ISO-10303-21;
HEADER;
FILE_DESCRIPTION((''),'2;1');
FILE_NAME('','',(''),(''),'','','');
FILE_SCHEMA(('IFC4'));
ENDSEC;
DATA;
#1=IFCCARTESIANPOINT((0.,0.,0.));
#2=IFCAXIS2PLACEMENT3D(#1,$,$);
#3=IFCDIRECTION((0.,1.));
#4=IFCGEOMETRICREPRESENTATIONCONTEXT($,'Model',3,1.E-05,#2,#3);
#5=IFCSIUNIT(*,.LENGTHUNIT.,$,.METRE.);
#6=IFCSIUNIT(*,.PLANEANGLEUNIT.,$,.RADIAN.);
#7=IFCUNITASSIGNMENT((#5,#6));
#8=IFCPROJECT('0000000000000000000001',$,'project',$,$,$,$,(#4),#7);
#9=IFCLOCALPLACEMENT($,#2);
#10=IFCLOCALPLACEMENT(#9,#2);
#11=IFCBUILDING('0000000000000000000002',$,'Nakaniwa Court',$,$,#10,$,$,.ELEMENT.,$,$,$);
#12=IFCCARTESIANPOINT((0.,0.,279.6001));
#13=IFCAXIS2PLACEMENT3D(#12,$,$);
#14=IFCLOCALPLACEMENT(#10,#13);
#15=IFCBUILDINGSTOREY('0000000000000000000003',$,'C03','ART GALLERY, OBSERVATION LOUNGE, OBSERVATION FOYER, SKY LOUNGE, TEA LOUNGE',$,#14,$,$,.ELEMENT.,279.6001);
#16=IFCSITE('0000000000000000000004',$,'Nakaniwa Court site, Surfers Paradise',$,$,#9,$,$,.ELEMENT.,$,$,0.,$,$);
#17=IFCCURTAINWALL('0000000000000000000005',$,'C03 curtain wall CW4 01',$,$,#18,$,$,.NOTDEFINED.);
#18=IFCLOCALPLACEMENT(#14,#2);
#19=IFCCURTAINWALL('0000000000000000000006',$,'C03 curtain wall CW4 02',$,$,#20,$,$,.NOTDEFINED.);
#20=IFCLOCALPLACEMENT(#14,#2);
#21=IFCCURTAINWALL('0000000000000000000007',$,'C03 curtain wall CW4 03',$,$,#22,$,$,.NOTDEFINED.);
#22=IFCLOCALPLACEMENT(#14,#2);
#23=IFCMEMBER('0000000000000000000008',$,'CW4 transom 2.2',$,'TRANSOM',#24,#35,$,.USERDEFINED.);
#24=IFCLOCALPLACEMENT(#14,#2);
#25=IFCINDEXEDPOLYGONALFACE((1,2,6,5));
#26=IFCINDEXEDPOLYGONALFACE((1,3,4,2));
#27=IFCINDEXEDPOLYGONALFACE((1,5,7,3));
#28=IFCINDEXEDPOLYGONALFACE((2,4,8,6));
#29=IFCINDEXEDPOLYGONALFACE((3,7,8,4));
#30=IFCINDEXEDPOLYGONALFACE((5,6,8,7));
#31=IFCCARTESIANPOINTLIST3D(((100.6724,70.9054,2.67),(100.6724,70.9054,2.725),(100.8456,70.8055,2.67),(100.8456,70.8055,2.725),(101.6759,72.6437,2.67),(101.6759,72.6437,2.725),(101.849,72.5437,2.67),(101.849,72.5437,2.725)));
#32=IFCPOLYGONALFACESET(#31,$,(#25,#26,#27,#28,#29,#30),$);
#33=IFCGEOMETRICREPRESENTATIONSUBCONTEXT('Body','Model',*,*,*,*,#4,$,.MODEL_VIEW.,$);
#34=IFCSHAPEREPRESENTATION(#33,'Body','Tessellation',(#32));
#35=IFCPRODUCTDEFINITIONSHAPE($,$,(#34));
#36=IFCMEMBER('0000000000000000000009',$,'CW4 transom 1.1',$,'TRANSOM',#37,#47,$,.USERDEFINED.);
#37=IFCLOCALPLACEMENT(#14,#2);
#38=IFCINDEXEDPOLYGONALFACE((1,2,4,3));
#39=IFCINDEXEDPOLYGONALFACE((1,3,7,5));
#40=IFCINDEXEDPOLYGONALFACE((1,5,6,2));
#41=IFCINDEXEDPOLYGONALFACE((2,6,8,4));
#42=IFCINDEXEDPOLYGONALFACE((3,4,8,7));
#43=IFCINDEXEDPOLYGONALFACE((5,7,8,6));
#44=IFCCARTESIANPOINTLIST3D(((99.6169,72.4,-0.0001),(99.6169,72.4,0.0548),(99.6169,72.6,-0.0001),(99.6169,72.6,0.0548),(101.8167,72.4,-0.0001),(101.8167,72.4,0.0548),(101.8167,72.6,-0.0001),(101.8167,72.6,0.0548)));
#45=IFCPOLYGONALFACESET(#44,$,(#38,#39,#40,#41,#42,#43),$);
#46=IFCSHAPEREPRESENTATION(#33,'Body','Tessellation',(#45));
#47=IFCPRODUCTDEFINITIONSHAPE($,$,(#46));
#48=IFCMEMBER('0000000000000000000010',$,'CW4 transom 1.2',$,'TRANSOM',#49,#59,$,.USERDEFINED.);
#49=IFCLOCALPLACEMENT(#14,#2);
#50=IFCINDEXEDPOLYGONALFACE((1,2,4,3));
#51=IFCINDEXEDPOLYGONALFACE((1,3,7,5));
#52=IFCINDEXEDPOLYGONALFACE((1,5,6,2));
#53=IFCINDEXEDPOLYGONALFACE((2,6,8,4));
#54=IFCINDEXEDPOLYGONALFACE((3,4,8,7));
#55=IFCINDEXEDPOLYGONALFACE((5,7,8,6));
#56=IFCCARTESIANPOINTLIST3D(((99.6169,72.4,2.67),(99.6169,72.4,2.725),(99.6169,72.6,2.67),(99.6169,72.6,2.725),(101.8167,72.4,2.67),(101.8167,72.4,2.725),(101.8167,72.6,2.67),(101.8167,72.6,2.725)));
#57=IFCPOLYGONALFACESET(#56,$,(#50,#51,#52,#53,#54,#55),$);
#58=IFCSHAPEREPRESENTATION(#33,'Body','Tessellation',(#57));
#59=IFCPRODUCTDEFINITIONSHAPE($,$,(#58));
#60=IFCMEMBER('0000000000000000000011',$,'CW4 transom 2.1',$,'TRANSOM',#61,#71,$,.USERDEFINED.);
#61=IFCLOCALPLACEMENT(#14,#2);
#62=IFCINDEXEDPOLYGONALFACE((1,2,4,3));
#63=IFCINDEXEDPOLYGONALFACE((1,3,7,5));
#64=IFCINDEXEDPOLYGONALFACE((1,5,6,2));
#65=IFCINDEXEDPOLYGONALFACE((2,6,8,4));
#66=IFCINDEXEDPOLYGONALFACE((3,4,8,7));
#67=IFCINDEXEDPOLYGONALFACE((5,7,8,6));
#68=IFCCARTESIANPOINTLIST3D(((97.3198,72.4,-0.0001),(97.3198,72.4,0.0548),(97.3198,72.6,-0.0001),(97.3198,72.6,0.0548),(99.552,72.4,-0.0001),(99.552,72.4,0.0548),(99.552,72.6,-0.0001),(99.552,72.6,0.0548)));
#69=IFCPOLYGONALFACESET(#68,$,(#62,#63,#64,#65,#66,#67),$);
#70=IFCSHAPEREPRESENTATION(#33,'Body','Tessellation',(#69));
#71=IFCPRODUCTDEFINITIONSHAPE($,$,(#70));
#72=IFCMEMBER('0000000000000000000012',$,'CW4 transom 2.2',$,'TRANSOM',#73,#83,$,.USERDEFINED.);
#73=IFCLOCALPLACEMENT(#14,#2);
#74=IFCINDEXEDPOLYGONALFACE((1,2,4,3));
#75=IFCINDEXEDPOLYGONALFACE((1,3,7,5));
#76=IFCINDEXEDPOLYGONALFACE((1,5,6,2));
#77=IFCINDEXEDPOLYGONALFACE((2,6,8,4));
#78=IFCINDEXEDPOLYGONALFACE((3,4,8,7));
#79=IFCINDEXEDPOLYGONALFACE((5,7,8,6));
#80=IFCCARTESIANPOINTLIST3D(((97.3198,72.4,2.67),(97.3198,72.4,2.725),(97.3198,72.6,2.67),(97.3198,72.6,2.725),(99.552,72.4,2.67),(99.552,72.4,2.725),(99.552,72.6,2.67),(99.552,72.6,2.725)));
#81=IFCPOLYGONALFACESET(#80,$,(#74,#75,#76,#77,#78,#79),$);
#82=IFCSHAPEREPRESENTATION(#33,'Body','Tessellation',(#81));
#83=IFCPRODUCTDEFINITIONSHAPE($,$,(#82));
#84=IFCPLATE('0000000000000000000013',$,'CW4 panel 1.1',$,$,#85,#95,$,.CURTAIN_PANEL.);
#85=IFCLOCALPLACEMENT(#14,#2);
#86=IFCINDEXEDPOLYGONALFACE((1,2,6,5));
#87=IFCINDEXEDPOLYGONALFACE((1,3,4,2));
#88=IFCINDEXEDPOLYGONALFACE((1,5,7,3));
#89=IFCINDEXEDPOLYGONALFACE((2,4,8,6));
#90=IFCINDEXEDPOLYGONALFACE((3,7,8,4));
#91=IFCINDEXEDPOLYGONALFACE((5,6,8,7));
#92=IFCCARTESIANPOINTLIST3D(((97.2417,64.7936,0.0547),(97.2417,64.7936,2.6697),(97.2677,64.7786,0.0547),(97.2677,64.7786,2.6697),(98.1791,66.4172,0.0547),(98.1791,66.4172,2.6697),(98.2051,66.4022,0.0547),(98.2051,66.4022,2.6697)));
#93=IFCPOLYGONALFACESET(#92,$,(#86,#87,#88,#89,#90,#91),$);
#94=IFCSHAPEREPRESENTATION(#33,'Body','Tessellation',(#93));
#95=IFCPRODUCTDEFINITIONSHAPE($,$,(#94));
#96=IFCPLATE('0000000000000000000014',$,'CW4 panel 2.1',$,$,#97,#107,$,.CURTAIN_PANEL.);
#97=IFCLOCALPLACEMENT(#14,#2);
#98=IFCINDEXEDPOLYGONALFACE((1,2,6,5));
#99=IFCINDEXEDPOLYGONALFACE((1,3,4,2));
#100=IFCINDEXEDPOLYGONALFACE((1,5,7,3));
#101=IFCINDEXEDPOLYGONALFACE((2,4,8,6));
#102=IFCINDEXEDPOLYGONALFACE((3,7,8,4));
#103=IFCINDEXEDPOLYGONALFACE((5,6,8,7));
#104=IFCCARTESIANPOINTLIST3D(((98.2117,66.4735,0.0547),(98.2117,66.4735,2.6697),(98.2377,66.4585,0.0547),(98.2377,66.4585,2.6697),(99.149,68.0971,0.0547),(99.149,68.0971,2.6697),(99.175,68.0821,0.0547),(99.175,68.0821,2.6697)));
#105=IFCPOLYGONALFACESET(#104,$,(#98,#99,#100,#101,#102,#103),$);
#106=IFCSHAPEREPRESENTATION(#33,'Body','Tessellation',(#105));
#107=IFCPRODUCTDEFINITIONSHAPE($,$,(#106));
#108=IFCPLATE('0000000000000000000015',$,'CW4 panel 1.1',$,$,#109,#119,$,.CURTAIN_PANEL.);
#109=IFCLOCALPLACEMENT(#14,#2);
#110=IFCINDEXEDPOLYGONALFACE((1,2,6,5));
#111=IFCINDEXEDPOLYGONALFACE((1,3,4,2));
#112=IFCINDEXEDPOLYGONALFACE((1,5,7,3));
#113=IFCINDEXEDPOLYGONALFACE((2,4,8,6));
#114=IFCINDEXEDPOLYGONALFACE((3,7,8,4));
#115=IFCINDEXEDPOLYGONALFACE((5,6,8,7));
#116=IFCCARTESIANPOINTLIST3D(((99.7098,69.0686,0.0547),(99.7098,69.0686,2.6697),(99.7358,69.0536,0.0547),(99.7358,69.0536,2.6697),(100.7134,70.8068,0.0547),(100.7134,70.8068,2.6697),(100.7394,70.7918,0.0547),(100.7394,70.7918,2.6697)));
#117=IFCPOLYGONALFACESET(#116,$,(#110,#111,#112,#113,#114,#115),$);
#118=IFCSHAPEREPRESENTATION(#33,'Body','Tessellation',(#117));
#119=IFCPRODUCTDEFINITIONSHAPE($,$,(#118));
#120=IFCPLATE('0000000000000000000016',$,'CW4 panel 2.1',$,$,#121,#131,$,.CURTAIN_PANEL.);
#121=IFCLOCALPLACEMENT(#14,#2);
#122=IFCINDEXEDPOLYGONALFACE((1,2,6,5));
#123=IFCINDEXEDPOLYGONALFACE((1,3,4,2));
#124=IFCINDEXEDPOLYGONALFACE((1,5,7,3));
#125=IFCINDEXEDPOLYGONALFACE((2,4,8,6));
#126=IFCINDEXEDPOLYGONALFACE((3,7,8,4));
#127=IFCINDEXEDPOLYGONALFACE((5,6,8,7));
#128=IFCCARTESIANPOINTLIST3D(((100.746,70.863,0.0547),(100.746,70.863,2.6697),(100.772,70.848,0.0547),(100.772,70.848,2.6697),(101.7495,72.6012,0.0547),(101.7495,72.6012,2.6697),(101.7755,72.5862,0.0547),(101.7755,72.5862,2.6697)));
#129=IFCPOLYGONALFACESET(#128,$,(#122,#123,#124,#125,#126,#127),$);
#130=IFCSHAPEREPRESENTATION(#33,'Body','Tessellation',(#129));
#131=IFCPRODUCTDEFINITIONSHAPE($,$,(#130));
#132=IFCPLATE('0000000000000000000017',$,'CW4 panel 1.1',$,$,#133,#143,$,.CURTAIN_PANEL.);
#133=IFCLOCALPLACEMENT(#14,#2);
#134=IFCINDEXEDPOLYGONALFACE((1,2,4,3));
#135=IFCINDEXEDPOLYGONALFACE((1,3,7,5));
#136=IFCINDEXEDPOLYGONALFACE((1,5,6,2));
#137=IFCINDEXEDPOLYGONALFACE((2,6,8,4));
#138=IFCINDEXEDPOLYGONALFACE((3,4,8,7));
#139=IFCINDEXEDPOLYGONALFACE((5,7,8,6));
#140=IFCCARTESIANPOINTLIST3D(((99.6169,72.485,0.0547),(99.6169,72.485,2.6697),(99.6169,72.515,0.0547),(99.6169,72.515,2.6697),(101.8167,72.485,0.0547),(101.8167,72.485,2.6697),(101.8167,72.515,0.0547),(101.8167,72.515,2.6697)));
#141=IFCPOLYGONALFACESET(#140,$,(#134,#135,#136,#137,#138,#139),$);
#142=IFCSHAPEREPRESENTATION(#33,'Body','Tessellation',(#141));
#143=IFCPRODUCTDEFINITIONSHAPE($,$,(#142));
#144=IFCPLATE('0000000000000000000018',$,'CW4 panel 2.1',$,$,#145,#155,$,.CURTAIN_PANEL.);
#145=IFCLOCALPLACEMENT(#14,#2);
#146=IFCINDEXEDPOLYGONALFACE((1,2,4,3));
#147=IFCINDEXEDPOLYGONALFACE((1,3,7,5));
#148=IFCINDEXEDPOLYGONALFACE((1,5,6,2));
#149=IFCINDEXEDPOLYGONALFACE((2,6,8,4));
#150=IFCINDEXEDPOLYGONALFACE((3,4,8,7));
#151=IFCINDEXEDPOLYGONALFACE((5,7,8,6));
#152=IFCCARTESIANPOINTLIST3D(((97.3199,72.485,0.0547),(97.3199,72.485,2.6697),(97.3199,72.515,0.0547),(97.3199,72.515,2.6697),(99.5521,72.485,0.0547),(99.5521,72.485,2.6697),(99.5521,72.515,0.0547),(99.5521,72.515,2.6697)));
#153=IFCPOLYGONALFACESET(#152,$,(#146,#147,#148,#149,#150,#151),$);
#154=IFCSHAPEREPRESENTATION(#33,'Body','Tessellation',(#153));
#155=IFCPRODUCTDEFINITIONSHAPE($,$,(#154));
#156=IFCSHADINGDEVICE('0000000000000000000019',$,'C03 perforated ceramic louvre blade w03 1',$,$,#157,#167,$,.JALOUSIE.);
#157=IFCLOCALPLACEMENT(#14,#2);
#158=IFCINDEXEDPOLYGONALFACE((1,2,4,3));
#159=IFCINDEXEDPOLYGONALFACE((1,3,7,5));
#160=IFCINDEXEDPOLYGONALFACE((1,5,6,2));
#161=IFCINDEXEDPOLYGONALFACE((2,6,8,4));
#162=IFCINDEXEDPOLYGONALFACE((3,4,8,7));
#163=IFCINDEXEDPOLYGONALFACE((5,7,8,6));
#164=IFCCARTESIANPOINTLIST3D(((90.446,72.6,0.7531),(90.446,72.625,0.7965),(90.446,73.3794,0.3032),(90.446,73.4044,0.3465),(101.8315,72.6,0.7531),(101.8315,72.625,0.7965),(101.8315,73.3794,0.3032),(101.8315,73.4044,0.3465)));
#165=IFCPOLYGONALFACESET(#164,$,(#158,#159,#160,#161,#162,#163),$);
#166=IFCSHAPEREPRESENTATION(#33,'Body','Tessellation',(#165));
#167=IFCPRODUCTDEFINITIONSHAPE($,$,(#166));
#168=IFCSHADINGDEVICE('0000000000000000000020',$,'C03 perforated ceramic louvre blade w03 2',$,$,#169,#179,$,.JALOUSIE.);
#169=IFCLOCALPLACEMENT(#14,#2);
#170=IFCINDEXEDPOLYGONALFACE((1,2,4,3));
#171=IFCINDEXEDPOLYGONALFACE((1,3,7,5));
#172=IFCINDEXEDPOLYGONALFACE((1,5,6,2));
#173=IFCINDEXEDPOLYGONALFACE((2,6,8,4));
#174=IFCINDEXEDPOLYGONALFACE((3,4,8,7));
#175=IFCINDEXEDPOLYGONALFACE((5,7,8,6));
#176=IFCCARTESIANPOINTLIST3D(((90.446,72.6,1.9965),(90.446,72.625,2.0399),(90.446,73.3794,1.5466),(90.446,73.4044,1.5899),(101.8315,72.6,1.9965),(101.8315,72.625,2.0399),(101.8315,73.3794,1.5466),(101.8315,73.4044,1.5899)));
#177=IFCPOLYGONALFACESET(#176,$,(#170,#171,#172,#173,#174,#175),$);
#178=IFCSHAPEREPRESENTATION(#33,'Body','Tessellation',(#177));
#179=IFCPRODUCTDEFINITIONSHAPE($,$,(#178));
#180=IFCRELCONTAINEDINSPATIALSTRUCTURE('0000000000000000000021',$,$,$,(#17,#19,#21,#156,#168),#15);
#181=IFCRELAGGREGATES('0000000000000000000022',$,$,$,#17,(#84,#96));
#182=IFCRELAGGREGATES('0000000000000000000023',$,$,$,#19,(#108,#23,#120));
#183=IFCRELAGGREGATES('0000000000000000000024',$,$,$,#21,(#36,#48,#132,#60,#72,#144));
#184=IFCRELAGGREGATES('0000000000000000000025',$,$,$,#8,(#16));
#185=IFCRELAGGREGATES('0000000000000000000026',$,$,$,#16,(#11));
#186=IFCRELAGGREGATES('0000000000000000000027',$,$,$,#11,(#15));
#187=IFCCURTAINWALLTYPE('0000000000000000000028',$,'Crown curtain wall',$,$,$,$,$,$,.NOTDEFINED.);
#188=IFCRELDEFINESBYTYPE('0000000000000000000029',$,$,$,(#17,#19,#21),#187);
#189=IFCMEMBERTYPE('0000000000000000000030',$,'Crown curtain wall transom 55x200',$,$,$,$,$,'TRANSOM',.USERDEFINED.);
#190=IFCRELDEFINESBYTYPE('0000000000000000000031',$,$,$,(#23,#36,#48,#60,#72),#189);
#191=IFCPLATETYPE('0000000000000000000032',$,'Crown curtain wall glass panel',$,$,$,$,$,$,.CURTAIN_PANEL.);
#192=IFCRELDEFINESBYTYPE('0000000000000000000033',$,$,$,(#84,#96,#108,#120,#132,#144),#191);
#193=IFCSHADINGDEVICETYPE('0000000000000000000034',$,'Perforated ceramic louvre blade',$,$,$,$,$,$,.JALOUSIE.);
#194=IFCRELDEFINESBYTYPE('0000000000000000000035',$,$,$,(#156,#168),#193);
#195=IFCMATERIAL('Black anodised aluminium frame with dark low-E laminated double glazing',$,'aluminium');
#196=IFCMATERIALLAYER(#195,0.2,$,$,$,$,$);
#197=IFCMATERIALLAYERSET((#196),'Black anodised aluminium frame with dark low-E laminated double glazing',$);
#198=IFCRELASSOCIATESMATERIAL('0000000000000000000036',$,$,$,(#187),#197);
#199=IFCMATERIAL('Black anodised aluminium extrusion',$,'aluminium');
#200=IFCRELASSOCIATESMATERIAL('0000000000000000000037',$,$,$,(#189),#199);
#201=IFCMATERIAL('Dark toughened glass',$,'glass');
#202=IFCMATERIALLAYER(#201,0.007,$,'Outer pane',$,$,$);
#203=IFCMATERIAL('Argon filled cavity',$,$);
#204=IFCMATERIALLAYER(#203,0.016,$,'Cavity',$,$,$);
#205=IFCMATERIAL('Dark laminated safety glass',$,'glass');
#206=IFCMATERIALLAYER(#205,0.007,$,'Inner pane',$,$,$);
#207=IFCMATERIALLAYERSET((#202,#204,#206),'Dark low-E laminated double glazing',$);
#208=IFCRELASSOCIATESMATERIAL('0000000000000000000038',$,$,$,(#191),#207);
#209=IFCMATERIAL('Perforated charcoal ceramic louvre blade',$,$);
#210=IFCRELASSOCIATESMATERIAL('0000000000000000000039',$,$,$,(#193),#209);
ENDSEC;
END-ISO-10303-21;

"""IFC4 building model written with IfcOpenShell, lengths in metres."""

from ifc_helpers import new_model, si_unit, direction, frame, origin, origin_2d, place, context, subcontext, project, spatial, rectangle, extrude, material, layer, layer_set, material_profile, profile_set, type_object, element, aggregate, save


model = new_model("IFC4")

# Units and contexts
model_context = context("Model", 3, precision=1e-05, world=origin(), true_north=direction((0.0, 1.0)))
body_context = subcontext(model_context, "Body", "Model", "MODEL_VIEW")
ifc_project = project(units=[si_unit("LENGTHUNIT", "METRE"), si_unit("PLANEANGLEUNIT", "RADIAN")], contexts=[model_context])

# Site, building, storey
site_placement = place(None, origin())
site = spatial("IfcSite", under=ifc_project, at=site_placement, Name="Nakaniwa Court site, Surfers Paradise", CompositionType="ELEMENT", RefElevation=0.0)
building_placement = place(site_placement, origin())
building = spatial("IfcBuilding", under=site, at=building_placement, Name="Nakaniwa Court", CompositionType="ELEMENT")
storey_placement = place(building_placement, frame((0.0, 0.0, 279.6001)))
storey = spatial("IfcBuildingStorey", under=building, at=storey_placement, Name="C03", Description="ART GALLERY, OBSERVATION LOUNGE, OBSERVATION FOYER, SKY LOUNGE, TEA LOUNGE", CompositionType="ELEMENT", Elevation=279.6001)

# Curtain walls
ifc_material_1 = material(Name="Black anodised aluminium frame with dark low-E laminated double glazing", Category="aluminium")
ifc_layer_1 = layer(ifc_material_1, 0.2)
ifc_layer_set_1 = layer_set([ifc_layer_1], Name="Black anodised aluminium frame with dark low-E laminated double glazing")
curtain_wall_type = type_object("IfcCurtainWallType", Name="Crown curtain wall", PredefinedType="NOTDEFINED", material=ifc_layer_set_1)
curtain_wall_1_placement = place(storey_placement, origin())
curtain_wall_1 = element("IfcCurtainWall", 1, at=curtain_wall_1_placement, inside=storey, type_object=curtain_wall_type, Name="C03 curtain wall CW4 01", PredefinedType="NOTDEFINED")
ifc_material_2 = material(Name="Black anodised aluminium extrusion", Category="aluminium")
curtain_wall_2_placement = place(storey_placement, origin())
curtain_wall_2 = element("IfcCurtainWall", 2, at=curtain_wall_2_placement, inside=storey, type_object=curtain_wall_type, Name="C03 curtain wall CW4 02", PredefinedType="NOTDEFINED")
curtain_wall_3_placement = place(storey_placement, origin())
curtain_wall_3 = element("IfcCurtainWall", 3, at=curtain_wall_3_placement, inside=storey, type_object=curtain_wall_type, Name="C03 curtain wall CW4 03", PredefinedType="NOTDEFINED")

# Members
ifc_material_profile_1 = material_profile(ifc_material_2, rectangle(XDim=0.2, YDim=0.0549, at=origin_2d()), Name="Crown curtain wall transom 55x200")
ifc_profile_set_1 = profile_set([ifc_material_profile_1], Name="Black anodised aluminium extrusion")
member_type_1 = type_object("IfcMemberType", Name="Crown curtain wall transom 55x200", ElementType="TRANSOM", PredefinedType="USERDEFINED", material=ifc_profile_set_1)
member_1_placement = place(storey_placement, frame((100.759, 70.8555, 2.6975), z_axis=(0.499933, 0.866064, 0.0), x_axis=(-0.866064, 0.499933, 0.0)))
member_1 = element("IfcMember", 4, at=member_1_placement, type_object=member_type_1, Name="CW4 transom 2.2", ObjectType="TRANSOM", PredefinedType="USERDEFINED", context=body_context, shape_type="SweptSolid", body=[
    extrude(rectangle(XDim=0.2, YDim=0.0549, at=origin_2d()), origin(), (0.0, 0.0, 1.0), 2.0071),
])
member_2_placement = place(storey_placement, frame((101.8167, 72.5, 0.0273), z_axis=(-1.0, 0.0, 0.0), x_axis=(0.0, -1.0, 0.0)))
member_2 = element("IfcMember", 5, at=member_2_placement, type_object=member_type_1, Name="CW4 transom 1.1", ObjectType="TRANSOM", PredefinedType="USERDEFINED", context=body_context, shape_type="SweptSolid", body=[
    extrude(rectangle(XDim=0.2, YDim=0.0549, at=origin_2d()), origin(), (0.0, 0.0, 1.0), 2.1997),
])
member_3_placement = place(storey_placement, frame((101.8167, 72.5, 2.6975), z_axis=(-1.0, 0.0, 0.0), x_axis=(0.0, -1.0, 0.0)))
member_3 = element("IfcMember", 6, at=member_3_placement, type_object=member_type_1, Name="CW4 transom 1.2", ObjectType="TRANSOM", PredefinedType="USERDEFINED", context=body_context, shape_type="SweptSolid", body=[
    extrude(rectangle(XDim=0.2, YDim=0.0549, at=origin_2d()), origin(), (0.0, 0.0, 1.0), 2.1997),
])
member_4_placement = place(storey_placement, frame((99.552, 72.5, 0.0273), z_axis=(-1.0, 0.0, 0.0), x_axis=(0.0, -1.0, 0.0)))
member_4 = element("IfcMember", 7, at=member_4_placement, type_object=member_type_1, Name="CW4 transom 2.1", ObjectType="TRANSOM", PredefinedType="USERDEFINED", context=body_context, shape_type="SweptSolid", body=[
    extrude(rectangle(XDim=0.2, YDim=0.0549, at=origin_2d()), origin(), (0.0, 0.0, 1.0), 2.2322),
])
member_5_placement = place(storey_placement, frame((99.552, 72.5, 2.6975), z_axis=(-1.0, 0.0, 0.0), x_axis=(0.0, -1.0, 0.0)))
member_5 = element("IfcMember", 8, at=member_5_placement, type_object=member_type_1, Name="CW4 transom 2.2", ObjectType="TRANSOM", PredefinedType="USERDEFINED", context=body_context, shape_type="SweptSolid", body=[
    extrude(rectangle(XDim=0.2, YDim=0.0549, at=origin_2d()), origin(), (0.0, 0.0, 1.0), 2.2322),
])

# Plates
ifc_material_3 = material(Name="Dark toughened glass", Category="glass")
ifc_layer_2 = layer(ifc_material_3, 0.007, Name="Outer pane")
ifc_material_4 = material(Name="Argon filled cavity")
ifc_layer_3 = layer(ifc_material_4, 0.016, Name="Cavity")
ifc_material_5 = material(Name="Dark laminated safety glass", Category="glass")
ifc_layer_4 = layer(ifc_material_5, 0.007, Name="Inner pane")
ifc_layer_set_2 = layer_set([ifc_layer_2, ifc_layer_3, ifc_layer_4], Name="Dark low-E laminated double glazing")
plate_type = type_object("IfcPlateType", Name="Crown curtain wall glass panel", PredefinedType="CURTAIN_PANEL", material=ifc_layer_set_2)
plate_1_placement = place(storey_placement, frame((97.7234, 65.5979, 0.0547), z_axis=(0.0, 0.0, 1.0), x_axis=(0.499987, 0.866033, 0.0)))
plate_1 = element("IfcPlate", 9, at=plate_1_placement, type_object=plate_type, Name="CW4 panel 1.1", PredefinedType="CURTAIN_PANEL", context=body_context, shape_type="SweptSolid", body=[
    extrude(rectangle(XDim=1.8748, YDim=0.03, at=origin_2d()), origin(), (0.0, 0.0, 1.0), 2.615),
])
plate_2_placement = place(storey_placement, frame((98.6934, 67.2778, 0.0547), z_axis=(0.0, 0.0, 1.0), x_axis=(0.499987, 0.866033, 0.0)))
plate_2 = element("IfcPlate", 10, at=plate_2_placement, type_object=plate_type, Name="CW4 panel 2.1", PredefinedType="CURTAIN_PANEL", context=body_context, shape_type="SweptSolid", body=[
    extrude(rectangle(XDim=1.8748, YDim=0.03, at=origin_2d()), origin(), (0.0, 0.0, 1.0), 2.615),
])
aggregate(curtain_wall_1, [plate_1, plate_2])
plate_3_placement = place(storey_placement, frame((100.2246, 69.9302, 0.0547), z_axis=(0.0, 0.0, 1.0), x_axis=(0.500008, 0.866021, 0.0)))
plate_3 = element("IfcPlate", 11, at=plate_3_placement, type_object=plate_type, Name="CW4 panel 1.1", PredefinedType="CURTAIN_PANEL", context=body_context, shape_type="SweptSolid", body=[
    extrude(rectangle(XDim=2.0071, YDim=0.03, at=origin_2d()), origin(), (0.0, 0.0, 1.0), 2.615),
])
plate_4_placement = place(storey_placement, frame((101.2607, 71.7246, 0.0547), z_axis=(0.0, 0.0, 1.0), x_axis=(0.500008, 0.866021, 0.0)))
plate_4 = element("IfcPlate", 12, at=plate_4_placement, type_object=plate_type, Name="CW4 panel 2.1", PredefinedType="CURTAIN_PANEL", context=body_context, shape_type="SweptSolid", body=[
    extrude(rectangle(XDim=2.0071, YDim=0.03, at=origin_2d()), origin(), (0.0, 0.0, 1.0), 2.615),
])
aggregate(curtain_wall_2, [plate_3, member_1, plate_4])
plate_5_placement = place(storey_placement, frame((100.7168, 72.5, 0.0547), z_axis=(0.0, 0.0, 1.0), x_axis=(-1.0, 0.0, 0.0)))
plate_5 = element("IfcPlate", 13, at=plate_5_placement, type_object=plate_type, Name="CW4 panel 1.1", PredefinedType="CURTAIN_PANEL", context=body_context, shape_type="SweptSolid", body=[
    extrude(rectangle(XDim=2.1997, YDim=0.03, at=origin_2d()), origin(), (0.0, 0.0, 1.0), 2.615),
])
plate_6_placement = place(storey_placement, frame((98.436, 72.5, 0.0547), z_axis=(0.0, 0.0, 1.0), x_axis=(-1.0, 0.0, 0.0)))
plate_6 = element("IfcPlate", 14, at=plate_6_placement, type_object=plate_type, Name="CW4 panel 2.1", PredefinedType="CURTAIN_PANEL", context=body_context, shape_type="SweptSolid", body=[
    extrude(rectangle(XDim=2.2322, YDim=0.03, at=origin_2d()), origin(), (0.0, 0.0, 1.0), 2.615),
])
aggregate(curtain_wall_3, [member_2, member_3, plate_5, member_4, member_5, plate_6])

# Shading devices
ifc_material_6 = material(Name="Perforated charcoal ceramic louvre blade")
ifc_material_profile_2 = material_profile(ifc_material_6, rectangle(XDim=0.8999, YDim=0.05, at=origin_2d()), Name="Perforated ceramic louvre blade")
ifc_profile_set_2 = profile_set([ifc_material_profile_2], Name="Perforated charcoal ceramic louvre blade")
shading_device_type = type_object("IfcShadingDeviceType", Name="Perforated ceramic louvre blade", PredefinedType="JALOUSIE", material=ifc_profile_set_2)
for number, where, z_axis, x_axis, name in (
    (15, (101.8315, 73.0022, 0.5498), (-1.0, 0.0, 0.0), (0.0, -0.866025, 0.5), "C03 perforated ceramic louvre blade w03 1"),
    (16, (101.8315, 73.0022, 1.7932), (-1.0, 0.0, 0.0), (0.0, -0.866025, 0.5), "C03 perforated ceramic louvre blade w03 2"),
):
    element("IfcShadingDevice", number, at=place(storey_placement, frame(where, z_axis=z_axis, x_axis=x_axis)), inside=storey, type_object=shading_device_type, Name=name, PredefinedType="JALOUSIE", context=body_context, shape_type="SweptSolid", body=[
        extrude(rectangle(XDim=0.8999, YDim=0.05, at=origin_2d()), origin(), (0.0, 0.0, 1.0), 11.3855),
    ])

save(model, "model.ifc")
